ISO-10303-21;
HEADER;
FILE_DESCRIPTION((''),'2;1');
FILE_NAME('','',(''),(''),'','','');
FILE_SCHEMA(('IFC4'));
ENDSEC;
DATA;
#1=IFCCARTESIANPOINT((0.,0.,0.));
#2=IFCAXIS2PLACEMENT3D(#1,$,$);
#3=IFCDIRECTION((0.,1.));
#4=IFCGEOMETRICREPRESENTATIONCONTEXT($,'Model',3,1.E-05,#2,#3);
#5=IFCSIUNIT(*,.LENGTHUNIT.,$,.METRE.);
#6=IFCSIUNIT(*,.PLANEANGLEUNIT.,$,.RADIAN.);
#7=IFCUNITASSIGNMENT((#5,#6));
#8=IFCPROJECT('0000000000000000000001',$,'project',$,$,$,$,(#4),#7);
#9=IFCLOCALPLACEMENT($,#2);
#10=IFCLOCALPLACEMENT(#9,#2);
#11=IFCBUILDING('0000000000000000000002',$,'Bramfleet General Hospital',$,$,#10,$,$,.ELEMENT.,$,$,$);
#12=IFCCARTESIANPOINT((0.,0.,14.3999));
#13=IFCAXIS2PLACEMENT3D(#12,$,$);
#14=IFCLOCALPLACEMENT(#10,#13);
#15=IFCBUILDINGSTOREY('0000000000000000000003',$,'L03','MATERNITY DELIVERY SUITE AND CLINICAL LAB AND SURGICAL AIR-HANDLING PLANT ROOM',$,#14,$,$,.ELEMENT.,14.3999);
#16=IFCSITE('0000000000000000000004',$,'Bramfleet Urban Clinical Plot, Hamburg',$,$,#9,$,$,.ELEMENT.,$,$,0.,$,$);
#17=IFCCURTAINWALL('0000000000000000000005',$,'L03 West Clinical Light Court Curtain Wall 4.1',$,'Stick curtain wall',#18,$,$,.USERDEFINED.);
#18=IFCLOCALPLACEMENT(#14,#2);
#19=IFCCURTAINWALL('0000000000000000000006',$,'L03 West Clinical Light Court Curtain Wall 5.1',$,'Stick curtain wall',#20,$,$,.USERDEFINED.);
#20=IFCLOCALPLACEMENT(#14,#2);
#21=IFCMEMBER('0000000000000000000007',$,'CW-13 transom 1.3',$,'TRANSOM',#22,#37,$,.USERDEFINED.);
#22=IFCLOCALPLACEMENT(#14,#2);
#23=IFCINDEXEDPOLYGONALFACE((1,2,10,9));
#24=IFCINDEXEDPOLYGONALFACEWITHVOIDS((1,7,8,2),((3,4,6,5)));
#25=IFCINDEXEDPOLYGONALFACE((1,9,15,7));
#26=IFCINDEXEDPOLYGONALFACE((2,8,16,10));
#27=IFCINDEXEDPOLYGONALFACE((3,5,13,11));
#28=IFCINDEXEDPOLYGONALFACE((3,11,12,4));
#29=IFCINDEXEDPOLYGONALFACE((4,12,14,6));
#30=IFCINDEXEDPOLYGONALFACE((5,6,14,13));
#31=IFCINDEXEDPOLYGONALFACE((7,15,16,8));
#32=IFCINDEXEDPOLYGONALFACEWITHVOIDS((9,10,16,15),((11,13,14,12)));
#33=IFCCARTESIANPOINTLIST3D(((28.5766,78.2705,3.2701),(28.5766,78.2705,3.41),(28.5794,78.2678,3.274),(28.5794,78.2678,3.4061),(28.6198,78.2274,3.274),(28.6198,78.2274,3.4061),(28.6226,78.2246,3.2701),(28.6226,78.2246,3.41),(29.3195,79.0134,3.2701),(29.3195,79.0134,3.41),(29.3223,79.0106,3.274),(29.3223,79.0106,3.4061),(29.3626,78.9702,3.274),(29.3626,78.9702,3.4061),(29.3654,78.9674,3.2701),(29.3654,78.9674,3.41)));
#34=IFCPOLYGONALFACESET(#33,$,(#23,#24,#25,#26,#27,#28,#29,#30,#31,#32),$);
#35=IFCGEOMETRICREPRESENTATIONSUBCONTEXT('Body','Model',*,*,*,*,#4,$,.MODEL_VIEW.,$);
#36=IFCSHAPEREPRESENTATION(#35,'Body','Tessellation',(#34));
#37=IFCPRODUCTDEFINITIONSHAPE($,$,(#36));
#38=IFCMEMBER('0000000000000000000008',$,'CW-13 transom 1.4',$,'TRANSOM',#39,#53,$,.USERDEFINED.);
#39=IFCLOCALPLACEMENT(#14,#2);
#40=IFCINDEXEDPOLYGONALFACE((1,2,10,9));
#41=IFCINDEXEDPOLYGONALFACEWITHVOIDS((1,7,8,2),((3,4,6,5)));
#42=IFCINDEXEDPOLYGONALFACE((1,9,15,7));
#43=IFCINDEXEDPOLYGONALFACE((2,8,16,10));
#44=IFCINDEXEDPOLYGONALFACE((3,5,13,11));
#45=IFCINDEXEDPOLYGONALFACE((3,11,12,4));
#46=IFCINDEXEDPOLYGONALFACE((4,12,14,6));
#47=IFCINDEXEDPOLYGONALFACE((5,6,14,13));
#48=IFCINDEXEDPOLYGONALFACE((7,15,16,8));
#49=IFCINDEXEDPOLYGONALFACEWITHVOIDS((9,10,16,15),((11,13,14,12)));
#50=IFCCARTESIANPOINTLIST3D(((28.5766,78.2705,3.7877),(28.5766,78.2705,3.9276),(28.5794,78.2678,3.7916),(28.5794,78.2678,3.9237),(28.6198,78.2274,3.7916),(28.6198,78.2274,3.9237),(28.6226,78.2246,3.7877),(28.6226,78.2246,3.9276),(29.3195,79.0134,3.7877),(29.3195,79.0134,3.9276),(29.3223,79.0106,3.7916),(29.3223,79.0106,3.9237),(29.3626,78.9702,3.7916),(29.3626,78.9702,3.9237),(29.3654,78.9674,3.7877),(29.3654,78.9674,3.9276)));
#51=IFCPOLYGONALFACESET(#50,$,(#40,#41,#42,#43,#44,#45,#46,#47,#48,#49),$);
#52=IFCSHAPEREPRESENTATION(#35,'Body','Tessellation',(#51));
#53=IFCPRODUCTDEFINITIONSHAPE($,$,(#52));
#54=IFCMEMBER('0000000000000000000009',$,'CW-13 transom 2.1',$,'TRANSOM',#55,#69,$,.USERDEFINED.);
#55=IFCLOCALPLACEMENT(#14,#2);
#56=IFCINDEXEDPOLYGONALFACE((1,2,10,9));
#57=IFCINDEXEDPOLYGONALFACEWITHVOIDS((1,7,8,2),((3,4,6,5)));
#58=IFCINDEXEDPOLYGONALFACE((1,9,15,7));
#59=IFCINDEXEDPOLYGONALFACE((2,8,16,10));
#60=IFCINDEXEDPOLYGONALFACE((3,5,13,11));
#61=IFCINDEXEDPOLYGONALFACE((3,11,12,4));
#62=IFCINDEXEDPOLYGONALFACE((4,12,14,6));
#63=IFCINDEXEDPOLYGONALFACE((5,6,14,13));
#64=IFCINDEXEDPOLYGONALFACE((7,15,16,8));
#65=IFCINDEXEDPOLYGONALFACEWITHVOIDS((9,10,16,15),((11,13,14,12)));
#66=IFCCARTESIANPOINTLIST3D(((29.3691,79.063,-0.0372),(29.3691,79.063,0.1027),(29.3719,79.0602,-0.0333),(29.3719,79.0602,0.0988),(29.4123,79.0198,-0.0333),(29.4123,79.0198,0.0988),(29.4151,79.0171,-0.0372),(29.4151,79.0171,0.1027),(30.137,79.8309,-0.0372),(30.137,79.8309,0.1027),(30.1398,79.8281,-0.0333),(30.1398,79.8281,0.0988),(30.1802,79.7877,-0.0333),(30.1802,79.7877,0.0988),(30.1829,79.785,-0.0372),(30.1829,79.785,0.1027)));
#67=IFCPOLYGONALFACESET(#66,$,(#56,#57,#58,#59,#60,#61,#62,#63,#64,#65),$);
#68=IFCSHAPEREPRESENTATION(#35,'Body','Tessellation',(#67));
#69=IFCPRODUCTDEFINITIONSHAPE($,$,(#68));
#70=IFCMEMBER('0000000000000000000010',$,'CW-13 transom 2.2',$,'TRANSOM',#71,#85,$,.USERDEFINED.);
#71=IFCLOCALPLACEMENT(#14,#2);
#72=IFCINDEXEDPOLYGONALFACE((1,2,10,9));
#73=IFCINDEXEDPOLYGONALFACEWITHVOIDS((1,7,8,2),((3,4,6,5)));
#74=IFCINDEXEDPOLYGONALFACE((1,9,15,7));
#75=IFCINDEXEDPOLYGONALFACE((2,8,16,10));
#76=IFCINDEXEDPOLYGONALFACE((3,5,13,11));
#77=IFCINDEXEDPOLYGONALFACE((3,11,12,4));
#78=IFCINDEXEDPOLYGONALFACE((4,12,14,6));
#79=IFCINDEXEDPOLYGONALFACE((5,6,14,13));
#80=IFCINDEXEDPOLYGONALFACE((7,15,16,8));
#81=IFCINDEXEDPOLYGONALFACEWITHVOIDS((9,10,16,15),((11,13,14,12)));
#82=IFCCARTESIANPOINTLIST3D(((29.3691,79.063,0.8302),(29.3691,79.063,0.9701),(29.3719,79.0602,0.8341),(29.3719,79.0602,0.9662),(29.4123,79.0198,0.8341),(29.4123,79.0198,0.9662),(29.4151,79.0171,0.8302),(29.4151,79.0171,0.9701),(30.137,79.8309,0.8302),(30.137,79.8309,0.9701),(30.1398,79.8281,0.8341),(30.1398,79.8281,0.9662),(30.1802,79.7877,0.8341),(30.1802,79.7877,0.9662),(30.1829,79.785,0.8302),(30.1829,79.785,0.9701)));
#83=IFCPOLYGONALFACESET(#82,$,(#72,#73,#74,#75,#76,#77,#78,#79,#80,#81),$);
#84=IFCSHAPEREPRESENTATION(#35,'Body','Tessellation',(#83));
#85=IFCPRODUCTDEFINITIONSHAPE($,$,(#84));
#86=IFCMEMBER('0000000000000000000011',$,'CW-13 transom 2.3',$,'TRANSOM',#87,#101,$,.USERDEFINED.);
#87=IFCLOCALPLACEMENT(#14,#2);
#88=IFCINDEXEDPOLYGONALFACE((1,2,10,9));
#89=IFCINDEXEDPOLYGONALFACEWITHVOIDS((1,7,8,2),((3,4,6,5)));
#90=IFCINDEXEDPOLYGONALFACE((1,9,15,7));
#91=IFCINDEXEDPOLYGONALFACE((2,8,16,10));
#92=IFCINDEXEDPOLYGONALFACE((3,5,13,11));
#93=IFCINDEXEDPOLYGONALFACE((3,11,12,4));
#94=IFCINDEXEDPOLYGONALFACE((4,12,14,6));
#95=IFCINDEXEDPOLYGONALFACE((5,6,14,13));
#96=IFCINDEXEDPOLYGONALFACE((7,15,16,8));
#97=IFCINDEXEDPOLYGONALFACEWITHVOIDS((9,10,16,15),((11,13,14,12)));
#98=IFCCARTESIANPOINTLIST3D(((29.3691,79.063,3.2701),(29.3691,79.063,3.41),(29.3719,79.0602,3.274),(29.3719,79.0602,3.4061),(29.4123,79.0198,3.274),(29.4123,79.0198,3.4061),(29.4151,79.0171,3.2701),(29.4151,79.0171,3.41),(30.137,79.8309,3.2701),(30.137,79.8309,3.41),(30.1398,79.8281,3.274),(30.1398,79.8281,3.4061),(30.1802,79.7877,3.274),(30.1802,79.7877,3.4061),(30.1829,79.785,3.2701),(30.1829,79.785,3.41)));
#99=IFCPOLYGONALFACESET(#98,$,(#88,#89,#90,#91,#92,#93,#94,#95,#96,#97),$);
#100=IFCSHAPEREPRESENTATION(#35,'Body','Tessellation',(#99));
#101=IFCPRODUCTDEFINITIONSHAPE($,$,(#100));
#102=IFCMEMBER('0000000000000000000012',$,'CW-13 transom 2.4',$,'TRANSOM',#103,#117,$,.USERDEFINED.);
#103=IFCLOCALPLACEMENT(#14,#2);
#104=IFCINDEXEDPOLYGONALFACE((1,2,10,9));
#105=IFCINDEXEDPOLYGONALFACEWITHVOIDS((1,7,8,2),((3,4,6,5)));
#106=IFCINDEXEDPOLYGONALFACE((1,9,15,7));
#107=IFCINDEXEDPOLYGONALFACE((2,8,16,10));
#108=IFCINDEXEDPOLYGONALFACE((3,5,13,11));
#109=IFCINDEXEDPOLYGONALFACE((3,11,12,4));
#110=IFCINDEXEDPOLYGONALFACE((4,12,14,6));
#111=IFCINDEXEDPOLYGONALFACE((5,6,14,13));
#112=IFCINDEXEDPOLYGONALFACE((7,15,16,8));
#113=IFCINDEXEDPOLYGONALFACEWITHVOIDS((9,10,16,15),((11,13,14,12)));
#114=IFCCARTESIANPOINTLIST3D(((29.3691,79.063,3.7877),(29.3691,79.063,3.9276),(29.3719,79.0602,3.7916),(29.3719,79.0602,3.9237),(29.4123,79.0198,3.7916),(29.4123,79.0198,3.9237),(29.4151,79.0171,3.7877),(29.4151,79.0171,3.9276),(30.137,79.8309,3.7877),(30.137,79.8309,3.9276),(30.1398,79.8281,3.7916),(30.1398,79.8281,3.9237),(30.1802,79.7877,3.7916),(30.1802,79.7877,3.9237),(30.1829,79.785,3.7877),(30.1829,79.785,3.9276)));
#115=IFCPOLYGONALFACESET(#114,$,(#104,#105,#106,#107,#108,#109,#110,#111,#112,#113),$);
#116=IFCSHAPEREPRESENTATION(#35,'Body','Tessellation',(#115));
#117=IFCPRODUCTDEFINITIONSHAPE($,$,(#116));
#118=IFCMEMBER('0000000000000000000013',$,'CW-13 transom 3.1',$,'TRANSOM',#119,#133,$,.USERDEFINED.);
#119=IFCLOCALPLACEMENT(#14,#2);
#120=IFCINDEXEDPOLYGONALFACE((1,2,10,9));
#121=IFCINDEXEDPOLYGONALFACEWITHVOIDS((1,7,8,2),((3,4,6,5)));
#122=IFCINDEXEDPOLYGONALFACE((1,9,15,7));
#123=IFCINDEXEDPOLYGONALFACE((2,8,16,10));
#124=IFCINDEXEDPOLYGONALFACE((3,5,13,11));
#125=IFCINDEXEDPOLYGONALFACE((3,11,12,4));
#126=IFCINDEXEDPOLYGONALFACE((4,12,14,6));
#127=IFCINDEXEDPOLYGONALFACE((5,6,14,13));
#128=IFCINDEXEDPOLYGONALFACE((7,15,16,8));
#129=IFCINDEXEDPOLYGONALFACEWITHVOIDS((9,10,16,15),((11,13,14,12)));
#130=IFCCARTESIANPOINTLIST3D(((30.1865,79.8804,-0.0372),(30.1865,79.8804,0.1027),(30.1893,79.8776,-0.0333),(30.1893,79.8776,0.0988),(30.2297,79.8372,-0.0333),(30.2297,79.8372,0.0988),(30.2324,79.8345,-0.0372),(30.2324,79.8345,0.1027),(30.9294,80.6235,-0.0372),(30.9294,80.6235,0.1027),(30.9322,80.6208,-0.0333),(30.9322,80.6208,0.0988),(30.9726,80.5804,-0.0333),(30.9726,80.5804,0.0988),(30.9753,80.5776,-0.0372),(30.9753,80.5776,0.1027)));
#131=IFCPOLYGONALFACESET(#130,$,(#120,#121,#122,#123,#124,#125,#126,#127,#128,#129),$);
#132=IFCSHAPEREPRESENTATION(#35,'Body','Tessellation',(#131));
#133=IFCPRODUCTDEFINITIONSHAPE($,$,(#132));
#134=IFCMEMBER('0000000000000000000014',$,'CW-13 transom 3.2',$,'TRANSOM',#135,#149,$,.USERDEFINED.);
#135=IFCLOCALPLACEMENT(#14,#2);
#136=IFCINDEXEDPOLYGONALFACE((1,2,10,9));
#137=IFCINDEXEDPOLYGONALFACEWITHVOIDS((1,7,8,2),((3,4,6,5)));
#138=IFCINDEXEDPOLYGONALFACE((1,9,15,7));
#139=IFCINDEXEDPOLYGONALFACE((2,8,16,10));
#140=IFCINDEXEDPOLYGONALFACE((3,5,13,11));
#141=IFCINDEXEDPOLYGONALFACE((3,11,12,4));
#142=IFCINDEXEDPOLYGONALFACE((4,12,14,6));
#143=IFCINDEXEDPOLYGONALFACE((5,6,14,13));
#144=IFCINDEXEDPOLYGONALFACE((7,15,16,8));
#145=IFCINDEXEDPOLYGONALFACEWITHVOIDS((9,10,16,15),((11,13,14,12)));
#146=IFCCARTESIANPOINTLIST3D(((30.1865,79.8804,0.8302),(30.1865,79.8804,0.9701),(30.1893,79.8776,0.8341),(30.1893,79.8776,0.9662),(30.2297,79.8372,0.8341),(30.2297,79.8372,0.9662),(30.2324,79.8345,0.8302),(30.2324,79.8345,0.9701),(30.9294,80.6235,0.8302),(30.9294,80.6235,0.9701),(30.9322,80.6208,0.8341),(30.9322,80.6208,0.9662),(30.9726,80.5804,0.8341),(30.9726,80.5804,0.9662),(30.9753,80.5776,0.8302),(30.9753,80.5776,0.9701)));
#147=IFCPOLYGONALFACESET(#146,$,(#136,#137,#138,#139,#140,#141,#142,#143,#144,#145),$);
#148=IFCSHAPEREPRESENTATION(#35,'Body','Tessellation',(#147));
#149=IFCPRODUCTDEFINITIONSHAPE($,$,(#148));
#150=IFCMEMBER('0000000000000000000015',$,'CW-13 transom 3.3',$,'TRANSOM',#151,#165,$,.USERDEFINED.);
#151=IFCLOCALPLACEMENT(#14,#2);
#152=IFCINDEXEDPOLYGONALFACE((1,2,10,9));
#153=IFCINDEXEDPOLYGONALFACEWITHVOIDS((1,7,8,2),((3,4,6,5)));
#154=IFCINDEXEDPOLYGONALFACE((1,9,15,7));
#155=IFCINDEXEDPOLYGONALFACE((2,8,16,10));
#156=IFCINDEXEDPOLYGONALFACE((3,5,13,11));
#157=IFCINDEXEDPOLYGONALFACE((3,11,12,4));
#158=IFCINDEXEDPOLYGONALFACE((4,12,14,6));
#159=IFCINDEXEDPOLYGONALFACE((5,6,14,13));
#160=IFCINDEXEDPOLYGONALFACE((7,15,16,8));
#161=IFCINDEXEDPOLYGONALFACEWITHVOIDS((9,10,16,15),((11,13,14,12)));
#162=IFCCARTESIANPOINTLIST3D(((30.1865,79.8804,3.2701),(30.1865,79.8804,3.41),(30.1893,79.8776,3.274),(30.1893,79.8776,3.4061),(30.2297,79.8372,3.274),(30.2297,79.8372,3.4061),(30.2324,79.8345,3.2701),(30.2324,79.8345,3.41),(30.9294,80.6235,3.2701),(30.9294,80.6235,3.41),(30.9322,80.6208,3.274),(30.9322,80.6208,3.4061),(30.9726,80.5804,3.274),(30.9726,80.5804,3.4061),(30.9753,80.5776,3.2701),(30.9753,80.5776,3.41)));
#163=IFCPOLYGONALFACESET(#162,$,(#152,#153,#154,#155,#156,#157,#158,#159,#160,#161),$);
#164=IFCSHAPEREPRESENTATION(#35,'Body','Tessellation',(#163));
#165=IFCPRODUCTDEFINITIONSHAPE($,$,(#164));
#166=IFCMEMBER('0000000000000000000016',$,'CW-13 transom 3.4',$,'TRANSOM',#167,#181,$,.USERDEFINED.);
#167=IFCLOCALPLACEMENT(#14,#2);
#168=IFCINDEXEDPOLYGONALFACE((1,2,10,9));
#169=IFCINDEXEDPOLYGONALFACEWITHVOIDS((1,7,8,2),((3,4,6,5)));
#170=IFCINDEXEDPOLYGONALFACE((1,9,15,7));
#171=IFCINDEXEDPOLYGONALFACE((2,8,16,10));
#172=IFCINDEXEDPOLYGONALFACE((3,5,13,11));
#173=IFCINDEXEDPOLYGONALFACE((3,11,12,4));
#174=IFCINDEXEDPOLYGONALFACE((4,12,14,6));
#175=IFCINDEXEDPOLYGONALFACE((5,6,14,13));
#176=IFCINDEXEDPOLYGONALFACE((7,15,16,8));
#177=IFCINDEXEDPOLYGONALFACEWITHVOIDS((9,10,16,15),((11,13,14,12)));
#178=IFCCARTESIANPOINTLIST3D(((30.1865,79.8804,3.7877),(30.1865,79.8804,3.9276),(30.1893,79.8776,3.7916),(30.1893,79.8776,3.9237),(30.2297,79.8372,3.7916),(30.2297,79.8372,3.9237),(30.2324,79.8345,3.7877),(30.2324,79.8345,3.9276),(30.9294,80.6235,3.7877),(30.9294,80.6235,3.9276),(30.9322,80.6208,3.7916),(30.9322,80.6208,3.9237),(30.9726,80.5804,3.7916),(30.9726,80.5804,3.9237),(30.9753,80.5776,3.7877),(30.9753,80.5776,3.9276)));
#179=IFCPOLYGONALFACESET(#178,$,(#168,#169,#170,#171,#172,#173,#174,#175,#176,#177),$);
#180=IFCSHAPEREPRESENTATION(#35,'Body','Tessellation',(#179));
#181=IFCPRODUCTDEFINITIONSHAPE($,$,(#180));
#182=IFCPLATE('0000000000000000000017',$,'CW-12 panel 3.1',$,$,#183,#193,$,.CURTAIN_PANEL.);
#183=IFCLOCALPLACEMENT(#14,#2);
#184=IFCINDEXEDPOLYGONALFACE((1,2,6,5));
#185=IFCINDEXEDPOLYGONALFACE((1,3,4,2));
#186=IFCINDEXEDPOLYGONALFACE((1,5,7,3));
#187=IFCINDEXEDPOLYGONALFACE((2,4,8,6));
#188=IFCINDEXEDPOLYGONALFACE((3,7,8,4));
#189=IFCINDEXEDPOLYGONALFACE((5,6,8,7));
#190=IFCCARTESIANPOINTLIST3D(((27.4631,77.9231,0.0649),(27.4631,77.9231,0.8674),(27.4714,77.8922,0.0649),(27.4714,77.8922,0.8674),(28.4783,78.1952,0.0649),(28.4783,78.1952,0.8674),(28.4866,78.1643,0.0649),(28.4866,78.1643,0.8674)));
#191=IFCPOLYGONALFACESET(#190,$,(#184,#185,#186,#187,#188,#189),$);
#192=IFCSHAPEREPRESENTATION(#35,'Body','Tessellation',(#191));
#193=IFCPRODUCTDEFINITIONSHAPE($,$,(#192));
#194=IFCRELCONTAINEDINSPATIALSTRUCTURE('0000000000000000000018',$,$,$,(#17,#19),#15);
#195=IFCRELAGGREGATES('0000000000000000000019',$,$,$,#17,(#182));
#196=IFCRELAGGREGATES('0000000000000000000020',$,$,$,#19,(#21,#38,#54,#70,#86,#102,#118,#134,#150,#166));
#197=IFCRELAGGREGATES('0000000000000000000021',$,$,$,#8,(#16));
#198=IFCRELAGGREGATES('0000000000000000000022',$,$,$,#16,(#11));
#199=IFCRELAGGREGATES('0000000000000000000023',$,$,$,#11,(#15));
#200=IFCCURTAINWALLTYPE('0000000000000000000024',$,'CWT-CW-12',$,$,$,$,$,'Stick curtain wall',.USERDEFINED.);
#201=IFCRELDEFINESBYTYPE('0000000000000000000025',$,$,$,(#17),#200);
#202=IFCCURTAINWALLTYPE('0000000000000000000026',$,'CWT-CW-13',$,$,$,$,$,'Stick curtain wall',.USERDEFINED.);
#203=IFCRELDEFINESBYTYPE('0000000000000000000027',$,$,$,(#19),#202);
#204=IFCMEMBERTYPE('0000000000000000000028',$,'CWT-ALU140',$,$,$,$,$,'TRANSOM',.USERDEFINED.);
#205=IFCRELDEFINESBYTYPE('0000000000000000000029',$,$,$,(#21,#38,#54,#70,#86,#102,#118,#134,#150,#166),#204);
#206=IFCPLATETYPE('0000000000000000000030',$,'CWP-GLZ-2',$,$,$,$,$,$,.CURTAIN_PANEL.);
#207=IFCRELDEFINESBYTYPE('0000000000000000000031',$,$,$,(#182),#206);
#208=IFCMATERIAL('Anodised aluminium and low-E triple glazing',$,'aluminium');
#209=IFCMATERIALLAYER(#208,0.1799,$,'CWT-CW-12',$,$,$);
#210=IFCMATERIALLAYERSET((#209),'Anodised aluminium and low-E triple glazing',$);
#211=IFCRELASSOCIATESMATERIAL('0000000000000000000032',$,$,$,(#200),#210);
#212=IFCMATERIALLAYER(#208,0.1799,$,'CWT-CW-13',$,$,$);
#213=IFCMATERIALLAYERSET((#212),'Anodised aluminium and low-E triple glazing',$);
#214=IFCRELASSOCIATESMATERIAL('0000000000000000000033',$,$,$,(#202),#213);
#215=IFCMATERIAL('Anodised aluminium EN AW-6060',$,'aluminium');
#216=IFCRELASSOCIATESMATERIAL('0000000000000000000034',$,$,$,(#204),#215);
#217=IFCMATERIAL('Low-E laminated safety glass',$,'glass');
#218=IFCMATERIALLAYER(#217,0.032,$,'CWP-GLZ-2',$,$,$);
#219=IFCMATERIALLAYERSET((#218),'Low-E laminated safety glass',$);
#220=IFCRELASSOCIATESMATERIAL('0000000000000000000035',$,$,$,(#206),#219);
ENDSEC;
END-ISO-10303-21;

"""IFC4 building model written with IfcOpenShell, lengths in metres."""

from ifc_helpers import new_model, si_unit, direction, frame, origin, origin_2d, place, context, subcontext, project, spatial, rectangle, hollow_rectangle, extrude, material, layer, layer_set, material_profile, profile_set, type_object, element, aggregate, save


model = new_model("IFC4")

# Units and contexts
model_context = context("Model", 3, precision=1e-05, world=origin(), true_north=direction((0.0, 1.0)))
body_context = subcontext(model_context, "Body", "Model", "MODEL_VIEW")
ifc_project = project(units=[si_unit("LENGTHUNIT", "METRE"), si_unit("PLANEANGLEUNIT", "RADIAN")], contexts=[model_context])

# Site, building, storey
site_placement = place(None, origin())
site = spatial("IfcSite", under=ifc_project, at=site_placement, Name="Bramfleet Urban Clinical Plot, Hamburg", CompositionType="ELEMENT", RefElevation=0.0)
building_placement = place(site_placement, origin())
building = spatial("IfcBuilding", under=site, at=building_placement, Name="Bramfleet General Hospital", CompositionType="ELEMENT")
storey_placement = place(building_placement, frame((0.0, 0.0, 14.3999)))
storey = spatial("IfcBuildingStorey", under=building, at=storey_placement, Name="L03", Description="MATERNITY DELIVERY SUITE AND CLINICAL LAB AND SURGICAL AIR-HANDLING PLANT ROOM", CompositionType="ELEMENT", Elevation=14.3999)

# Curtain walls
ifc_material_1 = material(Name="Anodised aluminium and low-E triple glazing", Category="aluminium")
ifc_layer_1 = layer(ifc_material_1, 0.1799, Name="CWT-CW-12")
ifc_layer_set_1 = layer_set([ifc_layer_1], Name="Anodised aluminium and low-E triple glazing")
curtain_wall_type_1 = type_object("IfcCurtainWallType", Name="CWT-CW-12", ElementType="Stick curtain wall", PredefinedType="USERDEFINED", material=ifc_layer_set_1)
curtain_wall_1_placement = place(storey_placement, origin())
curtain_wall_1 = element("IfcCurtainWall", 1, at=curtain_wall_1_placement, inside=storey, type_object=curtain_wall_type_1, Name="L03 West Clinical Light Court Curtain Wall 4.1", ObjectType="Stick curtain wall", PredefinedType="USERDEFINED")
ifc_material_2 = material(Name="Anodised aluminium EN AW-6060", Category="aluminium")
ifc_layer_2 = layer(ifc_material_1, 0.1799, Name="CWT-CW-13")
ifc_layer_set_2 = layer_set([ifc_layer_2], Name="Anodised aluminium and low-E triple glazing")
curtain_wall_type_2 = type_object("IfcCurtainWallType", Name="CWT-CW-13", ElementType="Stick curtain wall", PredefinedType="USERDEFINED", material=ifc_layer_set_2)
curtain_wall_2_placement = place(storey_placement, origin())
curtain_wall_2 = element("IfcCurtainWall", 2, at=curtain_wall_2_placement, inside=storey, type_object=curtain_wall_type_2, Name="L03 West Clinical Light Court Curtain Wall 5.1", ObjectType="Stick curtain wall", PredefinedType="USERDEFINED")

# Members
ifc_material_profile_1 = material_profile(ifc_material_2, hollow_rectangle(XDim=0.0649, YDim=0.1399, WallThickness=0.0039, at=origin_2d()), Name="ALU 140x65x4.0")
ifc_profile_set_1 = profile_set([ifc_material_profile_1], Name="Anodised aluminium EN AW-6060")
member_type_1 = type_object("IfcMemberType", Name="CWT-ALU140", ElementType="TRANSOM", PredefinedType="USERDEFINED", material=ifc_profile_set_1)
member_1_placement = place(storey_placement, frame((28.5996, 78.2476, 3.3401), z_axis=(0.707107, 0.707107, 0.0), x_axis=(-0.707107, 0.707107, 0.0)))
member_1 = element("IfcMember", 3, at=member_1_placement, type_object=member_type_1, Name="CW-13 transom 1.3", ObjectType="TRANSOM", PredefinedType="USERDEFINED", context=body_context, shape_type="SweptSolid", body=[
    extrude(hollow_rectangle(XDim=0.0649, YDim=0.1399, WallThickness=0.0039, at=origin_2d()), origin(), (0.0, 0.0, 1.0), 1.0505),
])
member_2_placement = place(storey_placement, frame((28.5996, 78.2476, 3.8577), z_axis=(0.707107, 0.707107, 0.0), x_axis=(-0.707107, 0.707107, 0.0)))
member_2 = element("IfcMember", 4, at=member_2_placement, type_object=member_type_1, Name="CW-13 transom 1.4", ObjectType="TRANSOM", PredefinedType="USERDEFINED", context=body_context, shape_type="SweptSolid", body=[
    extrude(hollow_rectangle(XDim=0.0649, YDim=0.1399, WallThickness=0.0039, at=origin_2d()), origin(), (0.0, 0.0, 1.0), 1.0505),
])
member_3_placement = place(storey_placement, frame((29.3921, 79.04, 0.0327), z_axis=(0.707107, 0.707107, 0.0), x_axis=(-0.707107, 0.707107, 0.0)))
member_3 = element("IfcMember", 5, at=member_3_placement, type_object=member_type_1, Name="CW-13 transom 2.1", ObjectType="TRANSOM", PredefinedType="USERDEFINED", context=body_context, shape_type="SweptSolid", body=[
    extrude(hollow_rectangle(XDim=0.0649, YDim=0.1399, WallThickness=0.0039, at=origin_2d()), origin(), (0.0, 0.0, 1.0), 1.0859),
])
member_4_placement = place(storey_placement, frame((29.3921, 79.04, 0.9001), z_axis=(0.707107, 0.707107, 0.0), x_axis=(-0.707107, 0.707107, 0.0)))
member_4 = element("IfcMember", 6, at=member_4_placement, type_object=member_type_1, Name="CW-13 transom 2.2", ObjectType="TRANSOM", PredefinedType="USERDEFINED", context=body_context, shape_type="SweptSolid", body=[
    extrude(hollow_rectangle(XDim=0.0649, YDim=0.1399, WallThickness=0.0039, at=origin_2d()), origin(), (0.0, 0.0, 1.0), 1.0859),
])
member_5_placement = place(storey_placement, frame((29.3921, 79.04, 3.3401), z_axis=(0.707107, 0.707107, 0.0), x_axis=(-0.707107, 0.707107, 0.0)))
member_5 = element("IfcMember", 7, at=member_5_placement, type_object=member_type_1, Name="CW-13 transom 2.3", ObjectType="TRANSOM", PredefinedType="USERDEFINED", context=body_context, shape_type="SweptSolid", body=[
    extrude(hollow_rectangle(XDim=0.0649, YDim=0.1399, WallThickness=0.0039, at=origin_2d()), origin(), (0.0, 0.0, 1.0), 1.0859),
])
member_6_placement = place(storey_placement, frame((29.3921, 79.04, 3.8577), z_axis=(0.707107, 0.707107, 0.0), x_axis=(-0.707107, 0.707107, 0.0)))
member_6 = element("IfcMember", 8, at=member_6_placement, type_object=member_type_1, Name="CW-13 transom 2.4", ObjectType="TRANSOM", PredefinedType="USERDEFINED", context=body_context, shape_type="SweptSolid", body=[
    extrude(hollow_rectangle(XDim=0.0649, YDim=0.1399, WallThickness=0.0039, at=origin_2d()), origin(), (0.0, 0.0, 1.0), 1.0859),
])
member_7_placement = place(storey_placement, frame((30.2095, 79.8574, 0.0327), z_axis=(0.706991, 0.707223, 0.0), x_axis=(-0.707223, 0.706991, 0.0)))
member_7 = element("IfcMember", 9, at=member_7_placement, type_object=member_type_1, Name="CW-13 transom 3.1", ObjectType="TRANSOM", PredefinedType="USERDEFINED", context=body_context, shape_type="SweptSolid", body=[
    extrude(hollow_rectangle(XDim=0.0649, YDim=0.1399, WallThickness=0.0039, at=origin_2d()), origin(), (0.0, 0.0, 1.0), 1.0508),
])
member_8_placement = place(storey_placement, frame((30.2095, 79.8574, 0.9001), z_axis=(0.706991, 0.707223, 0.0), x_axis=(-0.707223, 0.706991, 0.0)))
member_8 = element("IfcMember", 10, at=member_8_placement, type_object=member_type_1, Name="CW-13 transom 3.2", ObjectType="TRANSOM", PredefinedType="USERDEFINED", context=body_context, shape_type="SweptSolid", body=[
    extrude(hollow_rectangle(XDim=0.0649, YDim=0.1399, WallThickness=0.0039, at=origin_2d()), origin(), (0.0, 0.0, 1.0), 1.0508),
])
member_9_placement = place(storey_placement, frame((30.2095, 79.8574, 3.3401), z_axis=(0.706991, 0.707223, 0.0), x_axis=(-0.707223, 0.706991, 0.0)))
member_9 = element("IfcMember", 11, at=member_9_placement, type_object=member_type_1, Name="CW-13 transom 3.3", ObjectType="TRANSOM", PredefinedType="USERDEFINED", context=body_context, shape_type="SweptSolid", body=[
    extrude(hollow_rectangle(XDim=0.0649, YDim=0.1399, WallThickness=0.0039, at=origin_2d()), origin(), (0.0, 0.0, 1.0), 1.0508),
])
member_10_placement = place(storey_placement, frame((30.2095, 79.8574, 3.8577), z_axis=(0.706991, 0.707223, 0.0), x_axis=(-0.707223, 0.706991, 0.0)))
member_10 = element("IfcMember", 12, at=member_10_placement, type_object=member_type_1, Name="CW-13 transom 3.4", ObjectType="TRANSOM", PredefinedType="USERDEFINED", context=body_context, shape_type="SweptSolid", body=[
    extrude(hollow_rectangle(XDim=0.0649, YDim=0.1399, WallThickness=0.0039, at=origin_2d()), origin(), (0.0, 0.0, 1.0), 1.0508),
])

# Plate
ifc_material_3 = material(Name="Low-E laminated safety glass", Category="glass")
ifc_layer_3 = layer(ifc_material_3, 0.032, Name="CWP-GLZ-2")
ifc_layer_set_3 = layer_set([ifc_layer_3], Name="Low-E laminated safety glass")
plate_type = type_object("IfcPlateType", Name="CWP-GLZ-2", PredefinedType="CURTAIN_PANEL", material=ifc_layer_set_3)
plate_1_placement = place(storey_placement, frame((27.9749, 78.0437, 0.0649), z_axis=(0.0, 0.0, 1.0), x_axis=(0.965899, 0.258919, 0.0)))
plate_1 = element("IfcPlate", 13, at=plate_1_placement, type_object=plate_type, Name="CW-12 panel 3.1", PredefinedType="CURTAIN_PANEL", context=body_context, shape_type="SweptSolid", body=[
    extrude(rectangle(XDim=1.051, YDim=0.032, at=origin_2d()), origin(), (0.0, 0.0, 1.0), 0.8025),
])
aggregate(curtain_wall_1, [plate_1])
aggregate(curtain_wall_2, [member_1, member_2, member_3, member_4, member_5, member_6, member_7, member_8, member_9, member_10])

save(model, "model.ifc")
